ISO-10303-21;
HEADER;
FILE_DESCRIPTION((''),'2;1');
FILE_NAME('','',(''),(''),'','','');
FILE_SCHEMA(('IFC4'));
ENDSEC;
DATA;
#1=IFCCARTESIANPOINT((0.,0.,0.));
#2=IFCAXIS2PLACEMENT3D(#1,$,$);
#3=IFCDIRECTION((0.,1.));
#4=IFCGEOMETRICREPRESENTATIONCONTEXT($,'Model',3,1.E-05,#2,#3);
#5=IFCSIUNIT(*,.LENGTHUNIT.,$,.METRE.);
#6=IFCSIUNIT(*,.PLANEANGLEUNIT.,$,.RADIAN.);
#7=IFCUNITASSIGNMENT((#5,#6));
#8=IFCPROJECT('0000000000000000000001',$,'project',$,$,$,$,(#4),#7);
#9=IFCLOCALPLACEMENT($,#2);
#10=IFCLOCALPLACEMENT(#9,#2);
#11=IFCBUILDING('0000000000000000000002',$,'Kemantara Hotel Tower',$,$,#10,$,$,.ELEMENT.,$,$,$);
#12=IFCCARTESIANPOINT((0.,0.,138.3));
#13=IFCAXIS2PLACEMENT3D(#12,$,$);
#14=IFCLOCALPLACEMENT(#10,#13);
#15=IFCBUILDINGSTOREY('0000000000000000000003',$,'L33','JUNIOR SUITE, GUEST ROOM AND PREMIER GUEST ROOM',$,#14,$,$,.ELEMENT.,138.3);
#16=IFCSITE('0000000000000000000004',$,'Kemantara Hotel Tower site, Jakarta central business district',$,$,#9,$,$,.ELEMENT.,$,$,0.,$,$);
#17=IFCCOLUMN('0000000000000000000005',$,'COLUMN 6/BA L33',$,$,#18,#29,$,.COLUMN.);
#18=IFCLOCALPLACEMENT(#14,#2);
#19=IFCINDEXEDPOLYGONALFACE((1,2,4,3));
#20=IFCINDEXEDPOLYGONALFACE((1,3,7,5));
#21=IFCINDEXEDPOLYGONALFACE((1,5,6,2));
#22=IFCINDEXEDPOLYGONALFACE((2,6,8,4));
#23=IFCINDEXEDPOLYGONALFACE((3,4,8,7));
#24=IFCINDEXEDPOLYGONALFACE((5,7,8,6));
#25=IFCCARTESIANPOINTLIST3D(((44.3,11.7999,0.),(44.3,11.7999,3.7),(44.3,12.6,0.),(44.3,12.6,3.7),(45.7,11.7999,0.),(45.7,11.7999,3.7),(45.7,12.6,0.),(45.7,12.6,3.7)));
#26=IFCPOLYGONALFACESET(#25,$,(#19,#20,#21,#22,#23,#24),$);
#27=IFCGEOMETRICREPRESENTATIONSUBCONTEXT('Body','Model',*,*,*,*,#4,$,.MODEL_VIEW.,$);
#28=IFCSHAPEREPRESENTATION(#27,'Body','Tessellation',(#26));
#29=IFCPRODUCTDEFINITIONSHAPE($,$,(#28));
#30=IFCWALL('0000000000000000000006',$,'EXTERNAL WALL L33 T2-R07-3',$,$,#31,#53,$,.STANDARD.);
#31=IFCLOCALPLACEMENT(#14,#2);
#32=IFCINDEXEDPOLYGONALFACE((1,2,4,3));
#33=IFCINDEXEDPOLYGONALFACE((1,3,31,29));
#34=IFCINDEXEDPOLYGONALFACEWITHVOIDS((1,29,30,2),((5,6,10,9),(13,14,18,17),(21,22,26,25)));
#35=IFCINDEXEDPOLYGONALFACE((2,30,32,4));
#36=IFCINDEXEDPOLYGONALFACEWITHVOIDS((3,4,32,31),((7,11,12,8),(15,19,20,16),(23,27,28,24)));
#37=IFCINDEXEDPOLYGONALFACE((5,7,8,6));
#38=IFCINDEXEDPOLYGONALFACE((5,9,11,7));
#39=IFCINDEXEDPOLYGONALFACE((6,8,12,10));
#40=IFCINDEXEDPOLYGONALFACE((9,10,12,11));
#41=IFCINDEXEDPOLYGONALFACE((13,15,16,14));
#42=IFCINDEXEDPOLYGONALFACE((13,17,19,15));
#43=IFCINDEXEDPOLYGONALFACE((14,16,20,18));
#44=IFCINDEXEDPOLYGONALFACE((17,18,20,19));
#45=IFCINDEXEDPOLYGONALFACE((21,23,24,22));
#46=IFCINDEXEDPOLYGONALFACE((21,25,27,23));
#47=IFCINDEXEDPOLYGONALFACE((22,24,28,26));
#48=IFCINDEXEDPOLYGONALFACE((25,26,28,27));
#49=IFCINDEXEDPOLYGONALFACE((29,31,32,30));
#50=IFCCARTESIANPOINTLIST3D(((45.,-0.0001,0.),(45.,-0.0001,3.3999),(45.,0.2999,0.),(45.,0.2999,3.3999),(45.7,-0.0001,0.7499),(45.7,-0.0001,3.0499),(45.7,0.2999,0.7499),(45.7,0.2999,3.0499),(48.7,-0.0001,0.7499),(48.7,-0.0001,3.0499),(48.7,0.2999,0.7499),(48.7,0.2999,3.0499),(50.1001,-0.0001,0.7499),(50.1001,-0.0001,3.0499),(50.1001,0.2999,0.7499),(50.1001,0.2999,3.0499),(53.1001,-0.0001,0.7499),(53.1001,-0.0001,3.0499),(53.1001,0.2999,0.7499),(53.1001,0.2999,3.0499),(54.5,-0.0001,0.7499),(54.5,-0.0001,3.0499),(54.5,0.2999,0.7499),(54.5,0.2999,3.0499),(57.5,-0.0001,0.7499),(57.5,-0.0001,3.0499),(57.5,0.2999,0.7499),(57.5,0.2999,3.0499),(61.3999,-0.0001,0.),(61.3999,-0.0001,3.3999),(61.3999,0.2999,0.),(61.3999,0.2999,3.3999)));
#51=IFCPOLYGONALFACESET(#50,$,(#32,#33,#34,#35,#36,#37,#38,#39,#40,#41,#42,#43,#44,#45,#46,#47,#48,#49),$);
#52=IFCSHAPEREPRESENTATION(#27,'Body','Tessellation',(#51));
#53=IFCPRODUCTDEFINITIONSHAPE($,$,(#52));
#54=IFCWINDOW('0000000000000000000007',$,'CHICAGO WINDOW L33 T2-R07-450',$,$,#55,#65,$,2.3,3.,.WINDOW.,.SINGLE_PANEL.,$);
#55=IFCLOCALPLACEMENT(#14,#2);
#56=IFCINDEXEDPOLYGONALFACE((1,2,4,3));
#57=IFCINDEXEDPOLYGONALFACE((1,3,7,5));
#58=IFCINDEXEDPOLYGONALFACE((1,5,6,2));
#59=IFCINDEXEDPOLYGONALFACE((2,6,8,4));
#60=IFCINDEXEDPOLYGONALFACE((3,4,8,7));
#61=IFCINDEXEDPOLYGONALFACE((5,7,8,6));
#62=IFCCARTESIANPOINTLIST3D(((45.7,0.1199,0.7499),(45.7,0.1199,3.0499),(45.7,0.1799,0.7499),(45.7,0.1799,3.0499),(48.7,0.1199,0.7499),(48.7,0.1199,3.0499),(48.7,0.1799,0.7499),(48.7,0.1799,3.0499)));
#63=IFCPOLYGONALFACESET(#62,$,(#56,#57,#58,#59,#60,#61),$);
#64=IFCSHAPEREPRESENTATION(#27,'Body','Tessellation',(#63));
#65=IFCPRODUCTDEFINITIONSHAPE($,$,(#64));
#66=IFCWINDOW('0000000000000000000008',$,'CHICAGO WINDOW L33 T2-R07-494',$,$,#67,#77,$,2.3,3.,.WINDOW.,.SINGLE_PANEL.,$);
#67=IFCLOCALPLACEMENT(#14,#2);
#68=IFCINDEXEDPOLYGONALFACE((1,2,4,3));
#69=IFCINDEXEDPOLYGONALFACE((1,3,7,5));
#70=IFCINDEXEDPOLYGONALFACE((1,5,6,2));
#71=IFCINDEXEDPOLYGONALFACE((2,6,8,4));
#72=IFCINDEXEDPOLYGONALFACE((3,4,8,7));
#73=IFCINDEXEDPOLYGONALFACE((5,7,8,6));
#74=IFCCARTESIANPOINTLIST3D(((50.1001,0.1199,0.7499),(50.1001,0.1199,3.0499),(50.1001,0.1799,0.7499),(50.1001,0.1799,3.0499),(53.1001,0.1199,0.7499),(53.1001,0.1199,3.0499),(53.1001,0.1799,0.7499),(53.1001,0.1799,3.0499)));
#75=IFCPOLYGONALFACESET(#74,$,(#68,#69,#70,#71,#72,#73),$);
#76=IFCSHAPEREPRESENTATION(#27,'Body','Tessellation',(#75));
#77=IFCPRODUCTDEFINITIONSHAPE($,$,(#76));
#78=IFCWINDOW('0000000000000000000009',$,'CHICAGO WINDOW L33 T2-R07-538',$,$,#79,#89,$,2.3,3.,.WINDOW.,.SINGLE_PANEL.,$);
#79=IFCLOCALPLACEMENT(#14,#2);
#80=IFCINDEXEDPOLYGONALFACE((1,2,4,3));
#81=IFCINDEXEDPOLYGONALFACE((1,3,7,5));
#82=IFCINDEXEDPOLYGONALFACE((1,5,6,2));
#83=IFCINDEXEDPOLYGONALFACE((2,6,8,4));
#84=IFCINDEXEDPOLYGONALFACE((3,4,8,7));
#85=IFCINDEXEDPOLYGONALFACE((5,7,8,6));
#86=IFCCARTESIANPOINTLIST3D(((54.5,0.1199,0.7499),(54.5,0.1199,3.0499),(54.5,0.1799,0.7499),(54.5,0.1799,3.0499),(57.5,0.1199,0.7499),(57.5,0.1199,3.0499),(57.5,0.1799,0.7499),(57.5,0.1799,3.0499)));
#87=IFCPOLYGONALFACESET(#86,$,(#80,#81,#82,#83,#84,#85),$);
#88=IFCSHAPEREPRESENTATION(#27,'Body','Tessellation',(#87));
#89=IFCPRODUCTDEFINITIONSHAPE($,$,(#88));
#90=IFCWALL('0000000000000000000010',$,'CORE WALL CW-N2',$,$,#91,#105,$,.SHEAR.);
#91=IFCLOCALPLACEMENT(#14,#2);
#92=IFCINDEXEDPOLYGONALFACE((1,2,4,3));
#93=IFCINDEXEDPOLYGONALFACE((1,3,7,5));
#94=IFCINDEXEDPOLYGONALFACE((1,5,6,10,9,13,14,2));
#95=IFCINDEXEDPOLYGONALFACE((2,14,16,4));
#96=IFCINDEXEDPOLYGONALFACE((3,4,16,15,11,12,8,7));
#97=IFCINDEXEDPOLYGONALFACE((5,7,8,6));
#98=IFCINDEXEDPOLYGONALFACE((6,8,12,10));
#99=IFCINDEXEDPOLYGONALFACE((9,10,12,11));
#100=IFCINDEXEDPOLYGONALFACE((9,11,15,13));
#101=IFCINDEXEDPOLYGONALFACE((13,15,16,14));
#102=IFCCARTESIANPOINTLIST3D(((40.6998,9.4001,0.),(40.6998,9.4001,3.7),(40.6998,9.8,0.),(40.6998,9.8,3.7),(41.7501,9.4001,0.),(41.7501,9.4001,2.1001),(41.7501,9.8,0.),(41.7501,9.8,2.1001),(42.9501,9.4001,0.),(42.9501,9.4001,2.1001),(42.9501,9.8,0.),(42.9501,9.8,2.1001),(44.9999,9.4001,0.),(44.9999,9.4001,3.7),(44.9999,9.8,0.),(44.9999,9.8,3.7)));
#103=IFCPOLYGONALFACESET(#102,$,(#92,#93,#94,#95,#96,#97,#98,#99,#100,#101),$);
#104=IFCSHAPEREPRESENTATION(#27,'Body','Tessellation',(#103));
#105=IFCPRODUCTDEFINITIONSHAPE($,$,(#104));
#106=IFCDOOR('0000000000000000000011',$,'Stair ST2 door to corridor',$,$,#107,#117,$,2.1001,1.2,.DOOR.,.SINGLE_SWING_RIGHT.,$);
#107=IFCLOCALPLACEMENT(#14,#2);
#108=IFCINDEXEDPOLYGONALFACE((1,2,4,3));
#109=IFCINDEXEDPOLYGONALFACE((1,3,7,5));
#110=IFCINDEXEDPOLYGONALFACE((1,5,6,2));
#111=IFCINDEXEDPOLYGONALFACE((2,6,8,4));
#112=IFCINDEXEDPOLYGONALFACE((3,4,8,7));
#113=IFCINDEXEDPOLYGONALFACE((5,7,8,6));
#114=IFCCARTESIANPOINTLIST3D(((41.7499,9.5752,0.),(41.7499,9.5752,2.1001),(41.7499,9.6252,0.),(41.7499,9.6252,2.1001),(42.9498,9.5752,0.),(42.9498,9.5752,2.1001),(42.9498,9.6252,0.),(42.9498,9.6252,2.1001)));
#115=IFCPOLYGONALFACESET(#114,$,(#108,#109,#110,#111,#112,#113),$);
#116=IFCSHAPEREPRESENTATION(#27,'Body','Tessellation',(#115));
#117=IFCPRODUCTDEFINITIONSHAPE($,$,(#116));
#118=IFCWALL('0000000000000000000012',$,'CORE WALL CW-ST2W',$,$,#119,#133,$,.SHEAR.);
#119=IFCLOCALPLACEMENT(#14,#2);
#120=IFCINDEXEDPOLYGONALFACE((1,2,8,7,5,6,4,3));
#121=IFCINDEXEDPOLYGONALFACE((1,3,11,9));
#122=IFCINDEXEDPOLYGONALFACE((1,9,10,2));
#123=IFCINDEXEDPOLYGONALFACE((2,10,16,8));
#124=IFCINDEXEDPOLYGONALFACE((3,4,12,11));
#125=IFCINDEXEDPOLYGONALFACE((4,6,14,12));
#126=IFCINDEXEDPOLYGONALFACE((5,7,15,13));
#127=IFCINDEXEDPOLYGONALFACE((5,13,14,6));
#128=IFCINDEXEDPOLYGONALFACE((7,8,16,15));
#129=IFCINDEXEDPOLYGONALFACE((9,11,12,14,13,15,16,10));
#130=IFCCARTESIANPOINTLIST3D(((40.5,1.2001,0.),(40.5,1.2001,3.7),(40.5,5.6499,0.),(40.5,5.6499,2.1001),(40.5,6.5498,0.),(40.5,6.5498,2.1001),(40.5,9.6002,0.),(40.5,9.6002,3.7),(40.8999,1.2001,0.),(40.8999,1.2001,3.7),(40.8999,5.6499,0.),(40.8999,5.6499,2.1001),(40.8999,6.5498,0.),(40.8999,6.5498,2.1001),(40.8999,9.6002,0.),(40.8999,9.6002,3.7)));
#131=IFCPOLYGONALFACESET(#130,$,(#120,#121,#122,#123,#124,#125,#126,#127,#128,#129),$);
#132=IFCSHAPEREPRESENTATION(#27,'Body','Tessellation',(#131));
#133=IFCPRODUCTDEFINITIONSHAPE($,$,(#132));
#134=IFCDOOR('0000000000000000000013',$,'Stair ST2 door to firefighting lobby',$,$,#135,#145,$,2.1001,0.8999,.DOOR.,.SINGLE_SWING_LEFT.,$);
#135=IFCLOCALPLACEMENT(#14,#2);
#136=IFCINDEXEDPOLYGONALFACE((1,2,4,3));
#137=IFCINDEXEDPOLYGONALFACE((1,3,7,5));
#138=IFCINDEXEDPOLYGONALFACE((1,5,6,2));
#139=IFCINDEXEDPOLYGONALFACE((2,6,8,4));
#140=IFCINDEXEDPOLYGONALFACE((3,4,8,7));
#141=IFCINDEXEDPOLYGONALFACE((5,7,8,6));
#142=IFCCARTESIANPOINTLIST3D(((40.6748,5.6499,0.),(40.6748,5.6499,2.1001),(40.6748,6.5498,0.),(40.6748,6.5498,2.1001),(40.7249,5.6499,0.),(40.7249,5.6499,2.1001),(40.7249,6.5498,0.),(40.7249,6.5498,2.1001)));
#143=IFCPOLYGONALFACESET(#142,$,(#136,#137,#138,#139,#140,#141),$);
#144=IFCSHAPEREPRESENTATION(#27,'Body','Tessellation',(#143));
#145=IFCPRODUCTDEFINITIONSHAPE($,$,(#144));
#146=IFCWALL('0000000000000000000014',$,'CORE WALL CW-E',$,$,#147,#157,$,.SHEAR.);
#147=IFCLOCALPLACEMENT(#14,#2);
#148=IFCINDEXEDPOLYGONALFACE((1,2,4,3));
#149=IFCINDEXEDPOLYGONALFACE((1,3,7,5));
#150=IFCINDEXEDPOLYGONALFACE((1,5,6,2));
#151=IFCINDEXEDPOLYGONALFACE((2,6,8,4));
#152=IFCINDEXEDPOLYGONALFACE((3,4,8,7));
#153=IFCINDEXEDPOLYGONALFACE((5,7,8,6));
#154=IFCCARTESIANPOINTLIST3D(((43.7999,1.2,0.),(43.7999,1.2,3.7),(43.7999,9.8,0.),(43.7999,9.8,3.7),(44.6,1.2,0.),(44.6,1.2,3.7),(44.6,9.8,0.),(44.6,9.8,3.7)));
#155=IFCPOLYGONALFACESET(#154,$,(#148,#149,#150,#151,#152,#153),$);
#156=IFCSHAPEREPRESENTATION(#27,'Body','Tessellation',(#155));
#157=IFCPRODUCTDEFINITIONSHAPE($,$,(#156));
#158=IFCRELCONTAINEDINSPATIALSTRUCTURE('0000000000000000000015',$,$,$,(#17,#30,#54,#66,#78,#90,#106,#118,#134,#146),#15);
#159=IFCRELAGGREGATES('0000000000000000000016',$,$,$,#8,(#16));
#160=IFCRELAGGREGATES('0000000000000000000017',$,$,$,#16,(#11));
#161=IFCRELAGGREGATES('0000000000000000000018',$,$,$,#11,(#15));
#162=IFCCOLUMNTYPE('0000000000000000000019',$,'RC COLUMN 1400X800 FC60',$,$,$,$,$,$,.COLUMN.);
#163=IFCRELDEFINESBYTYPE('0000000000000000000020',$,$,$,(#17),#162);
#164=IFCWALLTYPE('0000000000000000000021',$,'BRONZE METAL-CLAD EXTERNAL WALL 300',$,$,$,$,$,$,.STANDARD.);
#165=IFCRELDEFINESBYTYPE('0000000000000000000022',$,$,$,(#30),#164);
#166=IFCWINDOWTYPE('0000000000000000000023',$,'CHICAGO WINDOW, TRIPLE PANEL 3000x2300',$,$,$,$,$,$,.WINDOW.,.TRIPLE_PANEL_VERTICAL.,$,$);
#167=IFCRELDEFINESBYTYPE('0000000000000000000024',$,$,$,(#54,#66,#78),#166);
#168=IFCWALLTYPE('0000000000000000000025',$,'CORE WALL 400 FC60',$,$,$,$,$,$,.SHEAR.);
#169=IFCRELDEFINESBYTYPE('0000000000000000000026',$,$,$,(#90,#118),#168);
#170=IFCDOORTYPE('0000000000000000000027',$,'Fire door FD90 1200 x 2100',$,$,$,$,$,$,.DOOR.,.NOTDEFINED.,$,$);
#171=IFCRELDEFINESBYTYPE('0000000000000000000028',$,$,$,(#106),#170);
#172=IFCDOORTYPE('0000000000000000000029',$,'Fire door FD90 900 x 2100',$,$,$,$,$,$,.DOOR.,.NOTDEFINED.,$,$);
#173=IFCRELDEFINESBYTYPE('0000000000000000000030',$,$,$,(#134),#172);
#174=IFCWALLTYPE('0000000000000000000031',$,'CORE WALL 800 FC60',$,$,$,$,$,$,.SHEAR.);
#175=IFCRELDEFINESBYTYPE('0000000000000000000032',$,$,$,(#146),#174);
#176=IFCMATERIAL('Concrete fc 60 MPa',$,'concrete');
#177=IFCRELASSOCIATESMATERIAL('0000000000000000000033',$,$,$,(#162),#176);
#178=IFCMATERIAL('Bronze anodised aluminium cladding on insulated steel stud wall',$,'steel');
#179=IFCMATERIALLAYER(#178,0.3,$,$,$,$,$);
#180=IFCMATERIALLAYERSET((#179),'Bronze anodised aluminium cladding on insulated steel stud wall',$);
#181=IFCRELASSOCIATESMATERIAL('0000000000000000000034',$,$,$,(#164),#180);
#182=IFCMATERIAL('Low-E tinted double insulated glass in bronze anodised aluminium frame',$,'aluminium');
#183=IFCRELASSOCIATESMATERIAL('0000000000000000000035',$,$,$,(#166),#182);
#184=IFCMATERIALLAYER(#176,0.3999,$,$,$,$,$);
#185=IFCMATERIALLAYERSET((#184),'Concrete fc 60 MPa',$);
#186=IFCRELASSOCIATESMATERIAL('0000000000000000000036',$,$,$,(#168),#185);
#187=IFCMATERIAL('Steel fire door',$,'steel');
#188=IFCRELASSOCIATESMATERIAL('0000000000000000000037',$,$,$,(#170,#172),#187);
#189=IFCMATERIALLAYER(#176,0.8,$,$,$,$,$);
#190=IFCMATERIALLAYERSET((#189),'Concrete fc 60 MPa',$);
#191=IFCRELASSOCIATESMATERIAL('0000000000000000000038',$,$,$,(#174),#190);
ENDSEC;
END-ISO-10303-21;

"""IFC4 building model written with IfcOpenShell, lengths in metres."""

from ifc_helpers import new_model, si_unit, direction, frame, frame_2d, origin, origin_2d, place, context, subcontext, project, spatial, rectangle, extrude, material, layer, layer_set, material_profile, profile_set, type_object, element, fill, save


model = new_model("IFC4")

# Units and contexts
model_context = context("Model", 3, precision=1e-05, world=origin(), true_north=direction((0.0, 1.0)))
body_context = subcontext(model_context, "Body", "Model", "MODEL_VIEW")
ifc_project = project(units=[si_unit("LENGTHUNIT", "METRE"), si_unit("PLANEANGLEUNIT", "RADIAN")], contexts=[model_context])

# Site, building, storey
site_placement = place(None, origin())
site = spatial("IfcSite", under=ifc_project, at=site_placement, Name="Kemantara Hotel Tower site, Jakarta central business district", CompositionType="ELEMENT", RefElevation=0.0)
building_placement = place(site_placement, origin())
building = spatial("IfcBuilding", under=site, at=building_placement, Name="Kemantara Hotel Tower", CompositionType="ELEMENT")
storey_placement = place(building_placement, frame((0.0, 0.0, 138.3)))
storey = spatial("IfcBuildingStorey", under=building, at=storey_placement, Name="L33", Description="JUNIOR SUITE, GUEST ROOM AND PREMIER GUEST ROOM", CompositionType="ELEMENT", Elevation=138.3)

# Column
ifc_material_1 = material(Name="Concrete fc 60 MPa", Category="concrete")
ifc_material_profile = material_profile(ifc_material_1, rectangle(XDim=1.3999, YDim=0.8, at=origin_2d()), Name="RC 1400X800")
ifc_profile_set = profile_set([ifc_material_profile], Name="Concrete fc 60 MPa")
column_type = type_object("IfcColumnType", Name="RC COLUMN 1400X800 FC60", PredefinedType="COLUMN", material=ifc_profile_set)
column_placement = place(storey_placement, frame((45.0, 12.2, 0.0), z_axis=(0.0, 0.0, 1.0), x_axis=(1.0, 0.0, 0.0)))
element("IfcColumn", 1, at=column_placement, inside=storey, type_object=column_type, Name="COLUMN 6/BA L33", PredefinedType="COLUMN", context=body_context, shape_type="SweptSolid", body=[
    extrude(rectangle(XDim=1.3999, YDim=0.8, at=origin_2d()), origin(), (0.0, 0.0, 1.0), 3.7),
])

# Wall, openings, windows
ifc_material_2 = material(Name="Bronze anodised aluminium cladding on insulated steel stud wall", Category="steel")
ifc_layer_1 = layer(ifc_material_2, 0.3)
ifc_layer_set_1 = layer_set([ifc_layer_1], Name="Bronze anodised aluminium cladding on insulated steel stud wall")
wall_type_1 = type_object("IfcWallType", Name="BRONZE METAL-CLAD EXTERNAL WALL 300", PredefinedType="STANDARD", material=ifc_layer_set_1)
wall_1_placement = place(storey_placement, frame((45.0, 0.1499, 0.0), z_axis=(0.0, 0.0, 1.0), x_axis=(1.0, 0.0, 0.0)))
wall_1 = element("IfcWall", 2, at=wall_1_placement, inside=storey, type_object=wall_type_1, Name="EXTERNAL WALL L33 T2-R07-3", PredefinedType="STANDARD", context=body_context, shape_type="SweptSolid", body=[
    extrude(rectangle(XDim=16.3999, YDim=0.3, at=frame_2d((8.2, 0.0))), origin(), (0.0, 0.0, 1.0), 3.3999),
])
opening_1_placement = place(wall_1_placement, frame((0.7, 0.0, 0.75)))
opening_1 = element("IfcOpeningElement", 3, at=opening_1_placement, cuts=wall_1, PredefinedType="OPENING", context=body_context, shape_type="SweptSolid", body=[
    extrude(rectangle(XDim=3.0, YDim=2.3, at=frame_2d((1.5, 1.1499))), frame((0.0, 0.1599, 0.0), z_axis=(0.0, -1.0, 0.0), x_axis=(1.0, 0.0, 0.0)), (0.0, 0.0, 1.0), 0.3201),
])
opening_2_placement = place(wall_1_placement, frame((5.1001, 0.0, 0.75)))
opening_2 = element("IfcOpeningElement", 4, at=opening_2_placement, cuts=wall_1, PredefinedType="OPENING", context=body_context, shape_type="SweptSolid", body=[
    extrude(rectangle(XDim=3.0, YDim=2.3, at=frame_2d((1.5, 1.1499))), frame((0.0, 0.1599, 0.0), z_axis=(0.0, -1.0, 0.0), x_axis=(1.0, 0.0, 0.0)), (0.0, 0.0, 1.0), 0.3201),
])
opening_3_placement = place(wall_1_placement, frame((9.5, 0.0, 0.75)))
opening_3 = element("IfcOpeningElement", 5, at=opening_3_placement, cuts=wall_1, PredefinedType="OPENING", context=body_context, shape_type="SweptSolid", body=[
    extrude(rectangle(XDim=3.0, YDim=2.3, at=frame_2d((1.5, 1.1499))), frame((0.0, 0.1599, 0.0), z_axis=(0.0, -1.0, 0.0), x_axis=(1.0, 0.0, 0.0)), (0.0, 0.0, 1.0), 0.3201),
])
ifc_material_3 = material(Name="Low-E tinted double insulated glass in bronze anodised aluminium frame", Category="aluminium")
window_type = type_object("IfcWindowType", Name="CHICAGO WINDOW, TRIPLE PANEL 3000x2300", PartitioningType="TRIPLE_PANEL_VERTICAL", PredefinedType="WINDOW", material=ifc_material_3)
window_1_placement = place(opening_1_placement, origin())
window_1 = element("IfcWindow", 6, at=window_1_placement, inside=storey, type_object=window_type, Name="CHICAGO WINDOW L33 T2-R07-450", OverallHeight=2.3, OverallWidth=3.0, PartitioningType="SINGLE_PANEL", PredefinedType="WINDOW", context=body_context, shape_type="SweptSolid", body=[
    extrude(rectangle(XDim=3.0, YDim=2.3, at=frame_2d((1.5, 1.1499))), frame((0.0, 0.03, 0.0), z_axis=(0.0, -1.0, 0.0), x_axis=(1.0, 0.0, 0.0)), (0.0, 0.0, 1.0), 0.0601),
])
fill(opening_1, window_1)
window_2_placement = place(opening_2_placement, origin())
window_2 = element("IfcWindow", 7, at=window_2_placement, inside=storey, type_object=window_type, Name="CHICAGO WINDOW L33 T2-R07-494", OverallHeight=2.3, OverallWidth=3.0, PartitioningType="SINGLE_PANEL", PredefinedType="WINDOW", context=body_context, shape_type="SweptSolid", body=[
    extrude(rectangle(XDim=3.0, YDim=2.3, at=frame_2d((1.5, 1.1499))), frame((0.0, 0.03, 0.0), z_axis=(0.0, -1.0, 0.0), x_axis=(1.0, 0.0, 0.0)), (0.0, 0.0, 1.0), 0.0601),
])
fill(opening_2, window_2)
window_3_placement = place(opening_3_placement, origin())
window_3 = element("IfcWindow", 8, at=window_3_placement, inside=storey, type_object=window_type, Name="CHICAGO WINDOW L33 T2-R07-538", OverallHeight=2.3, OverallWidth=3.0, PartitioningType="SINGLE_PANEL", PredefinedType="WINDOW", context=body_context, shape_type="SweptSolid", body=[
    extrude(rectangle(XDim=3.0, YDim=2.3, at=frame_2d((1.5, 1.1499))), frame((0.0, 0.03, 0.0), z_axis=(0.0, -1.0, 0.0), x_axis=(1.0, 0.0, 0.0)), (0.0, 0.0, 1.0), 0.0601),
])
fill(opening_3, window_3)

# Walls, openings, doors
ifc_layer_2 = layer(ifc_material_1, 0.3999)
ifc_layer_set_2 = layer_set([ifc_layer_2], Name="Concrete fc 60 MPa")
wall_type_2 = type_object("IfcWallType", Name="CORE WALL 400 FC60", PredefinedType="SHEAR", material=ifc_layer_set_2)
wall_2_placement = place(storey_placement, frame((40.7, 9.6001, 0.0), z_axis=(0.0, 0.0, 1.0), x_axis=(1.0, 0.0, 0.0)))
wall_2 = element("IfcWall", 9, at=wall_2_placement, inside=storey, type_object=wall_type_2, Name="CORE WALL CW-N2", PredefinedType="SHEAR", context=body_context, shape_type="SweptSolid", body=[
    extrude(rectangle(XDim=4.3, YDim=0.3999, at=frame_2d((2.1499, 0.0))), origin(), (0.0, 0.0, 1.0), 3.7),
])
opening_4_placement = place(wall_2_placement, frame((1.05, 0.0, 0.0)))
opening_4 = element("IfcOpeningElement", 10, at=opening_4_placement, cuts=wall_2, PredefinedType="OPENING", context=body_context, shape_type="SweptSolid", body=[
    extrude(rectangle(XDim=1.2, YDim=2.1001, at=frame_2d((0.6001, 1.05))), frame((0.0, 0.21, 0.0), z_axis=(0.0, -1.0, 0.0), x_axis=(1.0, 0.0, 0.0)), (0.0, 0.0, 1.0), 0.4199),
])
ifc_material_4 = material(Name="Steel fire door", Category="steel")
door_type_1 = type_object("IfcDoorType", Name="Fire door FD90 1200 x 2100", OperationType="NOTDEFINED", PredefinedType="DOOR", material=ifc_material_4)
door_1_placement = place(opening_4_placement, frame((1.2, 0.0, 0.0), z_axis=(0.0, 0.0, 1.0), x_axis=(-1.0, 0.0, 0.0)))
door_1 = element("IfcDoor", 11, at=door_1_placement, inside=storey, type_object=door_type_1, Name="Stair ST2 door to corridor", OperationType="SINGLE_SWING_RIGHT", OverallHeight=2.1001, OverallWidth=1.2, PredefinedType="DOOR", context=body_context, shape_type="SweptSolid", body=[
    extrude(rectangle(XDim=1.2, YDim=2.1001, at=frame_2d((0.6001, 1.05))), frame((0.0, 0.0249, 0.0), z_axis=(0.0, -1.0, 0.0), x_axis=(1.0, 0.0, 0.0)), (0.0, 0.0, 1.0), 0.05),
])
fill(opening_4, door_1)
wall_3_placement = place(storey_placement, frame((40.7, 1.2, 0.0), z_axis=(0.0, 0.0, 1.0), x_axis=(0.0, 1.0, 0.0)))
wall_3 = element("IfcWall", 12, at=wall_3_placement, inside=storey, type_object=wall_type_2, Name="CORE WALL CW-ST2W", PredefinedType="SHEAR", context=body_context, shape_type="SweptSolid", body=[
    extrude(rectangle(XDim=8.4001, YDim=0.3999, at=frame_2d((4.2002, 0.0))), origin(), (0.0, 0.0, 1.0), 3.7),
])
opening_5_placement = place(wall_3_placement, frame((4.45, 0.0, 0.0)))
opening_5 = element("IfcOpeningElement", 13, at=opening_5_placement, cuts=wall_3, PredefinedType="OPENING", context=body_context, shape_type="SweptSolid", body=[
    extrude(rectangle(XDim=0.8999, YDim=2.1001, at=frame_2d((0.45, 1.05))), frame((0.0, 0.21, 0.0), z_axis=(0.0, -1.0, 0.0), x_axis=(1.0, 0.0, 0.0)), (0.0, 0.0, 1.0), 0.4199),
])
door_type_2 = type_object("IfcDoorType", Name="Fire door FD90 900 x 2100", OperationType="NOTDEFINED", PredefinedType="DOOR", material=ifc_material_4)
door_2_placement = place(opening_5_placement, frame((0.8999, 0.0, 0.0), z_axis=(0.0, 0.0, 1.0), x_axis=(-1.0, 0.0, 0.0)))
door_2 = element("IfcDoor", 14, at=door_2_placement, inside=storey, type_object=door_type_2, Name="Stair ST2 door to firefighting lobby", OperationType="SINGLE_SWING_LEFT", OverallHeight=2.1001, OverallWidth=0.8999, PredefinedType="DOOR", context=body_context, shape_type="SweptSolid", body=[
    extrude(rectangle(XDim=0.8999, YDim=2.1001, at=frame_2d((0.45, 1.05))), frame((0.0, 0.0249, 0.0), z_axis=(0.0, -1.0, 0.0), x_axis=(1.0, 0.0, 0.0)), (0.0, 0.0, 1.0), 0.05),
])
fill(opening_5, door_2)

# Wall
ifc_layer_3 = layer(ifc_material_1, 0.8)
ifc_layer_set_3 = layer_set([ifc_layer_3], Name="Concrete fc 60 MPa")
wall_type_3 = type_object("IfcWallType", Name="CORE WALL 800 FC60", PredefinedType="SHEAR", material=ifc_layer_set_3)
wall_4_placement = place(storey_placement, frame((44.2, 1.2, 0.0), z_axis=(0.0, 0.0, 1.0), x_axis=(0.0, 1.0, 0.0)))
element("IfcWall", 15, at=wall_4_placement, inside=storey, type_object=wall_type_3, Name="CORE WALL CW-E", PredefinedType="SHEAR", context=body_context, shape_type="SweptSolid", body=[
    extrude(rectangle(XDim=8.6001, YDim=0.8, at=frame_2d((4.3, 0.0))), origin(), (0.0, 0.0, 1.0), 3.7),
])

save(model, "model.ifc")
